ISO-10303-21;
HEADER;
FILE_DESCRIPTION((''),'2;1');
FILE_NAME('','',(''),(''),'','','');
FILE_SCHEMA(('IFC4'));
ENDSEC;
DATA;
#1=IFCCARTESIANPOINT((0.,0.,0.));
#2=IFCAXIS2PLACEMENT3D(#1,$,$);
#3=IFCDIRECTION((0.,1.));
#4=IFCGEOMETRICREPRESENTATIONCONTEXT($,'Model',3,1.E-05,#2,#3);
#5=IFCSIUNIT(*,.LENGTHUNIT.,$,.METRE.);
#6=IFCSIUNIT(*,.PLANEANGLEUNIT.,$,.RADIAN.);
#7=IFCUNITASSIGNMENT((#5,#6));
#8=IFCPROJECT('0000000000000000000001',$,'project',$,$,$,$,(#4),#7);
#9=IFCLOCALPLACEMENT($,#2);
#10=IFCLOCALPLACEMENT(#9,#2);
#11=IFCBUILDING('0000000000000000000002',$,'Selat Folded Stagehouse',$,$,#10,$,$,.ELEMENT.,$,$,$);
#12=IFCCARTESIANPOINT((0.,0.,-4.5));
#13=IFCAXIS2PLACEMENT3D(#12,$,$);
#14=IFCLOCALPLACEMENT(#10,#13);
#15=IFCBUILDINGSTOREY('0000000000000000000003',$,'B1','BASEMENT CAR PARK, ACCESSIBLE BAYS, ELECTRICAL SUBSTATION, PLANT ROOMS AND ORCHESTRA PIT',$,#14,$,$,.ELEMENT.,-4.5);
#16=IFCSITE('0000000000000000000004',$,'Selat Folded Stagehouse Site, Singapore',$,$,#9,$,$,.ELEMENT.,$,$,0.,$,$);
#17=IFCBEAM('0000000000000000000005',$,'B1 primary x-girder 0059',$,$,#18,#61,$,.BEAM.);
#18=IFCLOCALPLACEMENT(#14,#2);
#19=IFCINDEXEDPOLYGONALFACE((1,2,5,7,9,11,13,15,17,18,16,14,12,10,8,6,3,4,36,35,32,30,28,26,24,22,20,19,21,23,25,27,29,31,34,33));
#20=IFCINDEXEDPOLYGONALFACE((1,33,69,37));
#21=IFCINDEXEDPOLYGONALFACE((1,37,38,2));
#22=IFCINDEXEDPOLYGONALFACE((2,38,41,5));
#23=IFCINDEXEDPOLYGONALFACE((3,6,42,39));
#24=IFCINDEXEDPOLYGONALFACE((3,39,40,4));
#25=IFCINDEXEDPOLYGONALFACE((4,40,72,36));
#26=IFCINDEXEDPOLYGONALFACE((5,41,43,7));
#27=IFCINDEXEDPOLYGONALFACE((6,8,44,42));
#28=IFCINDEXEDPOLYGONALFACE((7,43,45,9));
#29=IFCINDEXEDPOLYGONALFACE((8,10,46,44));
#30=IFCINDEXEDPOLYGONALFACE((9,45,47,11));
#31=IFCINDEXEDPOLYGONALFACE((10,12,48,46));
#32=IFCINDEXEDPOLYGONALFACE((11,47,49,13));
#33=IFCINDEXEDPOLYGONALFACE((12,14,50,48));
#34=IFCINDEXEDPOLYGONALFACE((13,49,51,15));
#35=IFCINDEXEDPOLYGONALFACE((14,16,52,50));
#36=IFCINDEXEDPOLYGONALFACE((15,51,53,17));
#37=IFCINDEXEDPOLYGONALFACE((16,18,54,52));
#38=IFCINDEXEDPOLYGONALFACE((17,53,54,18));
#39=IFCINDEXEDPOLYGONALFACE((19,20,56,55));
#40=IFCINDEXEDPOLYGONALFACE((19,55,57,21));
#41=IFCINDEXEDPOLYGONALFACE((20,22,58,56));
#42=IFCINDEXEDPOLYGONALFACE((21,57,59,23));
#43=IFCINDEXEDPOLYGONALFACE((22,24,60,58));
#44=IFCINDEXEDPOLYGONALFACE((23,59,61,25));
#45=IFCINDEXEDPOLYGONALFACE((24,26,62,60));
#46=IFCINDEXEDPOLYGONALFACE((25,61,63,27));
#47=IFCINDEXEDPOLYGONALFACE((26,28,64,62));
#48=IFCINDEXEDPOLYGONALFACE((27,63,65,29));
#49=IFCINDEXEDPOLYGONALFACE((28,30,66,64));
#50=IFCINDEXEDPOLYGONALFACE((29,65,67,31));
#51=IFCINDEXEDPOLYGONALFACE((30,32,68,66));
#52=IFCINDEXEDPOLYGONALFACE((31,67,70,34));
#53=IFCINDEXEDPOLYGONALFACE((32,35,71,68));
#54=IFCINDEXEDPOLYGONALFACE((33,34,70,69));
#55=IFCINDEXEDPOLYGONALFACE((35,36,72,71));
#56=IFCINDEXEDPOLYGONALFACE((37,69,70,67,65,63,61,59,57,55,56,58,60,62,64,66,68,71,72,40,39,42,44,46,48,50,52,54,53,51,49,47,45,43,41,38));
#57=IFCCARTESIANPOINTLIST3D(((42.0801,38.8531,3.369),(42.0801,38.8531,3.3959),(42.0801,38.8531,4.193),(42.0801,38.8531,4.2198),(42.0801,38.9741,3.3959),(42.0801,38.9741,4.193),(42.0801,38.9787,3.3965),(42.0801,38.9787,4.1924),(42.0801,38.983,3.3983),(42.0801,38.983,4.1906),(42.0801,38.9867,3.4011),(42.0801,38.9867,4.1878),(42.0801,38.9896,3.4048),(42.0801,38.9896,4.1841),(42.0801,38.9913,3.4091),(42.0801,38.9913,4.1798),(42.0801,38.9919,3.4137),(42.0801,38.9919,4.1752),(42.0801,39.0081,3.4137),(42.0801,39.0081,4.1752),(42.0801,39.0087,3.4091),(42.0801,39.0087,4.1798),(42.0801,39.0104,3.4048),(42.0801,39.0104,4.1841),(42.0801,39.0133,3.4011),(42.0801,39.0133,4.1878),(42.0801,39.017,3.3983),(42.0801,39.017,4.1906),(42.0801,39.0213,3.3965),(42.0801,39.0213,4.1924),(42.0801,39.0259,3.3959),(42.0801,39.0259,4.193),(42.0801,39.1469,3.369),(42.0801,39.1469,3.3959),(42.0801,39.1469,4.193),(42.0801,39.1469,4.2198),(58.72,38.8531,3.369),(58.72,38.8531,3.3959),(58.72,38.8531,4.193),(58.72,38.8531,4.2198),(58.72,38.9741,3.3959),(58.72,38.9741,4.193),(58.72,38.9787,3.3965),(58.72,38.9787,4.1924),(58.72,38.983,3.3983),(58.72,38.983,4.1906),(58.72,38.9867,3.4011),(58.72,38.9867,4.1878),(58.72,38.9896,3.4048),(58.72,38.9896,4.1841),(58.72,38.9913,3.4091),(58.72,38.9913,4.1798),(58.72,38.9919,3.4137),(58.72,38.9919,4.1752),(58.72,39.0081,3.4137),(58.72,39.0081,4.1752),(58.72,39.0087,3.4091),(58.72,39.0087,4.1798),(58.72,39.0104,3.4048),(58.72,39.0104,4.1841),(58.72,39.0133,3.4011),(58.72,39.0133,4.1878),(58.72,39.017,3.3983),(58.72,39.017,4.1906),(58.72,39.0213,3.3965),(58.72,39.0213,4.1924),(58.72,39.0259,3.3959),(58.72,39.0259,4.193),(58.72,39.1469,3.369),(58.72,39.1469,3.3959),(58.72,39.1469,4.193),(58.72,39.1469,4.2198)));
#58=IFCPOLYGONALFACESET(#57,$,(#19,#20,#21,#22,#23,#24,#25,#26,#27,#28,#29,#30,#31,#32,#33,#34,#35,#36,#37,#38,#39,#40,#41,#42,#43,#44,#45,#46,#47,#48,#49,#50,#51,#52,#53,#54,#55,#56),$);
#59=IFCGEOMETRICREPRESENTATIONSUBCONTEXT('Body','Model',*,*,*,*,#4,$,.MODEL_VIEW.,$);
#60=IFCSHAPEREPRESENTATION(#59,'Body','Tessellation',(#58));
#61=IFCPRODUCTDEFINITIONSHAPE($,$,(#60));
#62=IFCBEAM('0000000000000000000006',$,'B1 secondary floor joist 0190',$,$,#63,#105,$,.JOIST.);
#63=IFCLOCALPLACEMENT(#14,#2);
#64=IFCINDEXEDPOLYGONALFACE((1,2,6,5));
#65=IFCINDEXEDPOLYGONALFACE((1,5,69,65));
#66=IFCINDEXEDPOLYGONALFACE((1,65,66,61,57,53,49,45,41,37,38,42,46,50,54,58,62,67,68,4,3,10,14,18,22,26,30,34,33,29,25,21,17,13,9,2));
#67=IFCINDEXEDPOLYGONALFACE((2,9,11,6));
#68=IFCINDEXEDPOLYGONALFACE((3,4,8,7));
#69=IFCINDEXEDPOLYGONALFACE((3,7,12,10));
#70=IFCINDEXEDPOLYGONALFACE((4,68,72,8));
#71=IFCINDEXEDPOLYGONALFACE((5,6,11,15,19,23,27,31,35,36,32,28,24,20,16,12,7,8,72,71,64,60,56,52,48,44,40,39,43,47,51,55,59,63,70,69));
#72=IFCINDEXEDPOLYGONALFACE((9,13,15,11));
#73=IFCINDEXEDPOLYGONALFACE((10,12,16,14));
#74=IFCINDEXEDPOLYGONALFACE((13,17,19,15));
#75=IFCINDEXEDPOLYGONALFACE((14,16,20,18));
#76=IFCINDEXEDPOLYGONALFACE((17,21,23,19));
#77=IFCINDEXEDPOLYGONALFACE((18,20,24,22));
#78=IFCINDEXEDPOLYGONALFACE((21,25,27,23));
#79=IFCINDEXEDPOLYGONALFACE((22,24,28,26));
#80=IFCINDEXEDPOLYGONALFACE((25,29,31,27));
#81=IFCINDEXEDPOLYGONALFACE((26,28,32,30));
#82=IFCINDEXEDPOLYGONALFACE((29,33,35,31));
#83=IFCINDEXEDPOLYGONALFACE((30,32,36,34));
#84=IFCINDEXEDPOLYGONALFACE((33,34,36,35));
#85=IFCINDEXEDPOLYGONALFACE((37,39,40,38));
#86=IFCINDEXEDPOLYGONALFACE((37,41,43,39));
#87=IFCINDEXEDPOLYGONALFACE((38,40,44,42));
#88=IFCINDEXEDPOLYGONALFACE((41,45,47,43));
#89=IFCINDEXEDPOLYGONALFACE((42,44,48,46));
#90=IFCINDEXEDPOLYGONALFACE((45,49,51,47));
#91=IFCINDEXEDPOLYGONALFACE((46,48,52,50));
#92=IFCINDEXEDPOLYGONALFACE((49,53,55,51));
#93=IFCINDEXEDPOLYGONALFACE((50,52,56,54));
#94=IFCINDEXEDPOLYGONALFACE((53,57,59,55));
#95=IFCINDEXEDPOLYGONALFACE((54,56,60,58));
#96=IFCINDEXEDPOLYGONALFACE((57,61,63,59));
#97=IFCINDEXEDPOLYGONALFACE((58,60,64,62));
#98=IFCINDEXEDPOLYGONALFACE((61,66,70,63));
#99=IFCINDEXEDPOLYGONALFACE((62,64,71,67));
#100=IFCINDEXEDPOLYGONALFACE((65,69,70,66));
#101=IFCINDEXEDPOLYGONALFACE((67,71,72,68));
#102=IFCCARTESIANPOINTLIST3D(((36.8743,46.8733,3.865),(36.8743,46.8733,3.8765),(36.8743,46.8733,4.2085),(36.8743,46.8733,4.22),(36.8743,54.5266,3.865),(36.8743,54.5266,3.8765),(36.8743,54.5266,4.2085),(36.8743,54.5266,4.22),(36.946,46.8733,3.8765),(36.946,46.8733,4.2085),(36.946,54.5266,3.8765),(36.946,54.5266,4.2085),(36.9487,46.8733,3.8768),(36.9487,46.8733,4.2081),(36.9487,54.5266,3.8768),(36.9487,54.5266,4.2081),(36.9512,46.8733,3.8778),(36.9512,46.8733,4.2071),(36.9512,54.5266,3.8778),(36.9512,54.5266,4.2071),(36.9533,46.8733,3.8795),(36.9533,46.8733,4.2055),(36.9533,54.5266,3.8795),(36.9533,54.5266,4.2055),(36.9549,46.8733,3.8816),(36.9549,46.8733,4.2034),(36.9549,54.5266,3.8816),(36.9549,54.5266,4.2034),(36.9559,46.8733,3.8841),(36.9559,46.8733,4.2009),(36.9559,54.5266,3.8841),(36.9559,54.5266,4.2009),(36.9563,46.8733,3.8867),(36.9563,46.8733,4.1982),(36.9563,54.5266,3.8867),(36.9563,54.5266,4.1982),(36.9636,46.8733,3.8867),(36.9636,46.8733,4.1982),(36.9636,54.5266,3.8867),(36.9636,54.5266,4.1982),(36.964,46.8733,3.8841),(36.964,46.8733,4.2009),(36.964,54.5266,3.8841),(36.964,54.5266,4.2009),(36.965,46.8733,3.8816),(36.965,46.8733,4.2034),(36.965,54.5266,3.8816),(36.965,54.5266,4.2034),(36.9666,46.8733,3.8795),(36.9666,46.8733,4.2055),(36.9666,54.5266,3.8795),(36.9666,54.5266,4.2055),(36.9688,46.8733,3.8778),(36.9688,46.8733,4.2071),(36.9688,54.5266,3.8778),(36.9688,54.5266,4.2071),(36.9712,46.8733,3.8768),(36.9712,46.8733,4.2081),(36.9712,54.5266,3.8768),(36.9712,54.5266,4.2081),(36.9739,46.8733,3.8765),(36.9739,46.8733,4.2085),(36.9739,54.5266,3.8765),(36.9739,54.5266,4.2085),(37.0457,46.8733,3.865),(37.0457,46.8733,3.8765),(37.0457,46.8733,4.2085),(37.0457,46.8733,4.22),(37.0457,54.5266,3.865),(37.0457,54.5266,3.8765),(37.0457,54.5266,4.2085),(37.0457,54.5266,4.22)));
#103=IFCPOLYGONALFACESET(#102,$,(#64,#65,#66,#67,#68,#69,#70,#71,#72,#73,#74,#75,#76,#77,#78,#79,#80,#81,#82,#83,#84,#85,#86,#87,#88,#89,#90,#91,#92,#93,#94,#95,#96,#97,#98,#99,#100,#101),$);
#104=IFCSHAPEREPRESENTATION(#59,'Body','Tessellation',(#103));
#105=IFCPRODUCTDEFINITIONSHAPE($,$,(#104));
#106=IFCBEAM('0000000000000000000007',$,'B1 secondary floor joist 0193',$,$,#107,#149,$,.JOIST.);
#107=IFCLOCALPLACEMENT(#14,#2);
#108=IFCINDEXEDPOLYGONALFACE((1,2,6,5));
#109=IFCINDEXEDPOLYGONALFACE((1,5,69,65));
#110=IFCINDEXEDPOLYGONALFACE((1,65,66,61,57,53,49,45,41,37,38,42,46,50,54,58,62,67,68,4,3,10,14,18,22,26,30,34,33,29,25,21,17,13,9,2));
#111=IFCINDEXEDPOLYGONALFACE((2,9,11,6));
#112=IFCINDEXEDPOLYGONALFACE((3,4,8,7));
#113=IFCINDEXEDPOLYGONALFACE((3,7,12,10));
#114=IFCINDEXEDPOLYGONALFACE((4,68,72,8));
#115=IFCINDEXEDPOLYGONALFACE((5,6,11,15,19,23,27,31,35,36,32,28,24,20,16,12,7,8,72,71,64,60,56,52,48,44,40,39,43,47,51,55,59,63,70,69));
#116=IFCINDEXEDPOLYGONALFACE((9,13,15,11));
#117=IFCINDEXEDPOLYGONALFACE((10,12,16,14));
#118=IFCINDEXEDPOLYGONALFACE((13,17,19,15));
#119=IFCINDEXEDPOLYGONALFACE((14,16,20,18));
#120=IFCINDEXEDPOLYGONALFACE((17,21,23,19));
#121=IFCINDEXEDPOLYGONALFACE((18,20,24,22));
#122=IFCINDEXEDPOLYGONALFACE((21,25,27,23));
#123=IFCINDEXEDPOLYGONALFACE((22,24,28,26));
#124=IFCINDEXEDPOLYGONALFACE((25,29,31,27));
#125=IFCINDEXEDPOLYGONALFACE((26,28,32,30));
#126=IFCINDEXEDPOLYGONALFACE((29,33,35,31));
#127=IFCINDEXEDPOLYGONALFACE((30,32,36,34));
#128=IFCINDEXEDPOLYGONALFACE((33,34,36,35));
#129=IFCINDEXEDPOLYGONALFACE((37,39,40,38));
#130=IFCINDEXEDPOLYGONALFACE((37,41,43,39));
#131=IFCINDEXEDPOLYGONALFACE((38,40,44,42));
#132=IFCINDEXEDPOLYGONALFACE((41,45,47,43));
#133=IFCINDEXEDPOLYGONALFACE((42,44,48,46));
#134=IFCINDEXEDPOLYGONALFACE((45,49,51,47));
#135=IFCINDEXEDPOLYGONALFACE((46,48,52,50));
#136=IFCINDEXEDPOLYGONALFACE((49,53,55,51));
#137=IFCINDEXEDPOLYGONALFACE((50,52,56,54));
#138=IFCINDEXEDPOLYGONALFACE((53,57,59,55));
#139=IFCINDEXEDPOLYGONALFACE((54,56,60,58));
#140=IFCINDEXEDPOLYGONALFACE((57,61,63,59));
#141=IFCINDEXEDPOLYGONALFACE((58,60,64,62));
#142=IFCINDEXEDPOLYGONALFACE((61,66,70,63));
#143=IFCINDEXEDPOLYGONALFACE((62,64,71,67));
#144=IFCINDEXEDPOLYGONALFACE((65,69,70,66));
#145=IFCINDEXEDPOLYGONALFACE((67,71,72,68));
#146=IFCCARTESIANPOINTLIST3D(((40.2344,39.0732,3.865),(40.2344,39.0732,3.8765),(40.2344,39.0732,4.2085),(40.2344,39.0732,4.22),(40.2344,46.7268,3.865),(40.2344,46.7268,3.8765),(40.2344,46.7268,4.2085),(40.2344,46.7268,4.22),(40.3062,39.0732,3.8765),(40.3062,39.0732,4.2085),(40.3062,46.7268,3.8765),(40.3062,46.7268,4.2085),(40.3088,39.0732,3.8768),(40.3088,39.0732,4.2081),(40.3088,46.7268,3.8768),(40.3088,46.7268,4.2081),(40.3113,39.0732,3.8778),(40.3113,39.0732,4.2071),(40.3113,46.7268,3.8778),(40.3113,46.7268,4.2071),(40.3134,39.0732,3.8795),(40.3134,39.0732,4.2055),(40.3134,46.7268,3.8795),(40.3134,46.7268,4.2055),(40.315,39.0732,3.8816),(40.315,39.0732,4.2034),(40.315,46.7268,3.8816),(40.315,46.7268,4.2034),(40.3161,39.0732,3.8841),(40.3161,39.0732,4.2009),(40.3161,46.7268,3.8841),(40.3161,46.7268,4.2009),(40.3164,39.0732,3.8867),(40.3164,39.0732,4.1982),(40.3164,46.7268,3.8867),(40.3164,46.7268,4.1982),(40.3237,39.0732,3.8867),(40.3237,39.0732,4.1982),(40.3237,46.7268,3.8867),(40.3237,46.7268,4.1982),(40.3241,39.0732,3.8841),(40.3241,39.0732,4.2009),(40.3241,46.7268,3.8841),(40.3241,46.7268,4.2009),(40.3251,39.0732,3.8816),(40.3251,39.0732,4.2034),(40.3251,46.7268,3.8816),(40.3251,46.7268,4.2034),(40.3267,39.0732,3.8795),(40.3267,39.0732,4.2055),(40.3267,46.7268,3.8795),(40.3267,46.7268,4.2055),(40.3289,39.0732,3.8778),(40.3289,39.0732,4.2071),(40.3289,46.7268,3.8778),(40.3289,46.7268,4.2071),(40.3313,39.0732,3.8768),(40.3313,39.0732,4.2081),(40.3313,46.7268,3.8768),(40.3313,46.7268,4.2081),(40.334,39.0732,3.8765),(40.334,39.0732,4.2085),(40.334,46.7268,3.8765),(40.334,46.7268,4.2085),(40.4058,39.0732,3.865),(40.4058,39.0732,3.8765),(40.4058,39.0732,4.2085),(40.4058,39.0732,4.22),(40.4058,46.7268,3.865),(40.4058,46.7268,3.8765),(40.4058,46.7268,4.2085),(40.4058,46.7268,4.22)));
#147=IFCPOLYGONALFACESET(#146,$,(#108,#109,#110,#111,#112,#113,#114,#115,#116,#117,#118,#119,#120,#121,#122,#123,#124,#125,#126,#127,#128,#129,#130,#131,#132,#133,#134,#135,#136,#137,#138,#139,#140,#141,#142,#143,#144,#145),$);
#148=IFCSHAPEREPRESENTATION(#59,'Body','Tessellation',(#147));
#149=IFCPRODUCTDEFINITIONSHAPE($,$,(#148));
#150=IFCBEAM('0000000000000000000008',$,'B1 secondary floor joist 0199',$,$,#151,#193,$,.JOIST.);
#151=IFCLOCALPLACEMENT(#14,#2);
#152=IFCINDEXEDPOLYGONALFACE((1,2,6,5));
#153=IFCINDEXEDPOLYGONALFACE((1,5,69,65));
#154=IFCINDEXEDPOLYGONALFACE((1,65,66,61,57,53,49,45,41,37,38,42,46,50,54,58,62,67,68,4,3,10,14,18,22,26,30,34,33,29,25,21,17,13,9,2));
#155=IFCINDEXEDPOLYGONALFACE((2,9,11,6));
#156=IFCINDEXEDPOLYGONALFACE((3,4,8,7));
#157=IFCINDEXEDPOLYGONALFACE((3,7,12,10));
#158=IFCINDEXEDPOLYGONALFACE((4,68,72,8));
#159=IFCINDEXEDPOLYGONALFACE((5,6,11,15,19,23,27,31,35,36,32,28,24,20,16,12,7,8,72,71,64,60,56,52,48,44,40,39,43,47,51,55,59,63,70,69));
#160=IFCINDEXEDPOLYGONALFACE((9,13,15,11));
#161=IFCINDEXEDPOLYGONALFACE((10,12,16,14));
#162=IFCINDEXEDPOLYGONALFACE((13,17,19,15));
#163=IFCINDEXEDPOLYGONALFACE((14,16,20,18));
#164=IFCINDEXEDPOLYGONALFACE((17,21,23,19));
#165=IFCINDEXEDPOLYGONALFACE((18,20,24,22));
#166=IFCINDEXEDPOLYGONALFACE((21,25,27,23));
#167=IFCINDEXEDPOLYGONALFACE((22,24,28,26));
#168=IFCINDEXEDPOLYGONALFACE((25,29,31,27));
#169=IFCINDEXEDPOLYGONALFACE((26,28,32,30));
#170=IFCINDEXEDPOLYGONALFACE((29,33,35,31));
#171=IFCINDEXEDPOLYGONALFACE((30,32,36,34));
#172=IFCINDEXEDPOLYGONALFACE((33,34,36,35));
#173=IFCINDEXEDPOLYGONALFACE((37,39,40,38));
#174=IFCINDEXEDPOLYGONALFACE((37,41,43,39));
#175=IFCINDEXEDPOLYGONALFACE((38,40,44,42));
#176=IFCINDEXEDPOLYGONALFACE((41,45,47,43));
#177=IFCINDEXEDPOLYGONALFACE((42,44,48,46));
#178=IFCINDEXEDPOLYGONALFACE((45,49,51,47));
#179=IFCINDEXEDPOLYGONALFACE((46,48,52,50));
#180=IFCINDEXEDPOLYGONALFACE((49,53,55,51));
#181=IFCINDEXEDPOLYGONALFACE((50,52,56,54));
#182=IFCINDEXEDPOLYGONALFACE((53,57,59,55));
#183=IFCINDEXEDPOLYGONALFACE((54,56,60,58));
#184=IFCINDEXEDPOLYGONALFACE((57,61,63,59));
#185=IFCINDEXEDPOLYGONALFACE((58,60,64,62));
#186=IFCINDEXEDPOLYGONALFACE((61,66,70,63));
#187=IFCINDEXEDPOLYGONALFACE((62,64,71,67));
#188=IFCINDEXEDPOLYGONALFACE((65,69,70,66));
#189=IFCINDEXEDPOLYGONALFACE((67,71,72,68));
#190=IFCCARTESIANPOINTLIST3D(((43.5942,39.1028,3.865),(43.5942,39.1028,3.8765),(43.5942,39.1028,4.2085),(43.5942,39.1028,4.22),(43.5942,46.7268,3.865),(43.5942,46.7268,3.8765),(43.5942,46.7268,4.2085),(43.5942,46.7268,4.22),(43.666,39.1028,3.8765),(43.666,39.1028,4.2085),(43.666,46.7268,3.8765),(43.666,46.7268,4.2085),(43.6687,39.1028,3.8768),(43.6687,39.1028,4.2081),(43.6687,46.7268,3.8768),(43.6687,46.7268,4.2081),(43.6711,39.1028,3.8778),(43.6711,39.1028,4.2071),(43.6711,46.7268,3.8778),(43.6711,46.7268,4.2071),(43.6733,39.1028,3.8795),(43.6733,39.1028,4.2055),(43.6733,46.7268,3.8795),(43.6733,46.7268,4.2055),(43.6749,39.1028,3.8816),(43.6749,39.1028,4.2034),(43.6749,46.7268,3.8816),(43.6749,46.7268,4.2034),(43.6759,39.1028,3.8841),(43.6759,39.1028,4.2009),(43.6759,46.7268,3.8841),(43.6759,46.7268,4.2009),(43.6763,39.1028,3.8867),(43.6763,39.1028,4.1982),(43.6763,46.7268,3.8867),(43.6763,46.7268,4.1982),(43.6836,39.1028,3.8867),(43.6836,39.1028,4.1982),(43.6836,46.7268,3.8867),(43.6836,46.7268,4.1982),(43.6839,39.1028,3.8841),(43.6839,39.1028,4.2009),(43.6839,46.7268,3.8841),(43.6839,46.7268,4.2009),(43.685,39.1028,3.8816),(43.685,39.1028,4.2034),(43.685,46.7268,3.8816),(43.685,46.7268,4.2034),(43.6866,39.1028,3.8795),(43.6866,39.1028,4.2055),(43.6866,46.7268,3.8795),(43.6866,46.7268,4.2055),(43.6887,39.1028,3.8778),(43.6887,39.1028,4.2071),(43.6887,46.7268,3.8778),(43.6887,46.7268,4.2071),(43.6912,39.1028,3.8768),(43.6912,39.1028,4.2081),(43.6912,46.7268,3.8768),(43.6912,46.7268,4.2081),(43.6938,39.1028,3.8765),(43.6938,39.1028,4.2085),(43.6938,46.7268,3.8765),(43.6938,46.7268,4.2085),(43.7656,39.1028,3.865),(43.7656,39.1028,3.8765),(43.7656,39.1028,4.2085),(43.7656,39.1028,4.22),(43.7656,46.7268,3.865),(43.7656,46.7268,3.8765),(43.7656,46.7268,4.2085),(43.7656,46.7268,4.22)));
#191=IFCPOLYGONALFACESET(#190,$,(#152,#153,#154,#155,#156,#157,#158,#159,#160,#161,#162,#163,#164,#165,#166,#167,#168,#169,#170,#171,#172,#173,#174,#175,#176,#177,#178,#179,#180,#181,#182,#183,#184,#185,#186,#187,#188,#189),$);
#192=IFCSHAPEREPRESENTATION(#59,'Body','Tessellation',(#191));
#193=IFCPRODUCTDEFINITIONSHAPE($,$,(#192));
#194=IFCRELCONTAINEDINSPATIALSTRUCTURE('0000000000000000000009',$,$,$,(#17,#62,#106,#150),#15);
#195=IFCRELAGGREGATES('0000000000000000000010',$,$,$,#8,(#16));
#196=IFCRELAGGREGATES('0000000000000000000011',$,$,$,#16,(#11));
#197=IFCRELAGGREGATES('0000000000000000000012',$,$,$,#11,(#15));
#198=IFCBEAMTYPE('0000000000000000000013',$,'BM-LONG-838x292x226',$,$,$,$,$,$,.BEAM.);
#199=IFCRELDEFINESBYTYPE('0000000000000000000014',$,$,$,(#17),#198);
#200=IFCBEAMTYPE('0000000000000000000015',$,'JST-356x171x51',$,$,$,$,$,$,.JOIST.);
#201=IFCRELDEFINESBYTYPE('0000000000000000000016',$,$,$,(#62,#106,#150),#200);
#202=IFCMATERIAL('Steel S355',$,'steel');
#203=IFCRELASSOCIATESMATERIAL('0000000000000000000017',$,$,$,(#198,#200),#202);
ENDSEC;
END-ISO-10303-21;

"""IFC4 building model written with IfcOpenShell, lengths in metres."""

from ifc_helpers import new_model, si_unit, direction, frame, origin, origin_2d, place, context, subcontext, project, spatial, i_section, extrude, material, material_profile, profile_set, type_object, element, save


model = new_model("IFC4")

# Units and contexts
model_context = context("Model", 3, precision=1e-05, world=origin(), true_north=direction((0.0, 1.0)))
body_context = subcontext(model_context, "Body", "Model", "MODEL_VIEW")
ifc_project = project(units=[si_unit("LENGTHUNIT", "METRE"), si_unit("PLANEANGLEUNIT", "RADIAN")], contexts=[model_context])

# Site, building, storey
site_placement = place(None, origin())
site = spatial("IfcSite", under=ifc_project, at=site_placement, Name="Selat Folded Stagehouse Site, Singapore", CompositionType="ELEMENT", RefElevation=0.0)
building_placement = place(site_placement, origin())
building = spatial("IfcBuilding", under=site, at=building_placement, Name="Selat Folded Stagehouse", CompositionType="ELEMENT")
storey_placement = place(building_placement, frame((0.0, 0.0, -4.5)))
storey = spatial("IfcBuildingStorey", under=building, at=storey_placement, Name="B1", Description="BASEMENT CAR PARK, ACCESSIBLE BAYS, ELECTRICAL SUBSTATION, PLANT ROOMS AND ORCHESTRA PIT", CompositionType="ELEMENT", Elevation=-4.5)

# Shared definitions
ifc_material_1 = material(Name="Steel S355", Category="steel")

# Beams
ifc_material_profile_1 = material_profile(ifc_material_1, i_section(OverallWidth=0.2937, OverallDepth=0.8508, WebThickness=0.0161, FlangeThickness=0.0269, FilletRadius=0.0178, at=origin_2d()), Name="UKB 838x292x226")
ifc_profile_set_1 = profile_set([ifc_material_profile_1], Name="Steel S355")
beam_type_1 = type_object("IfcBeamType", Name="BM-LONG-838x292x226", PredefinedType="BEAM", material=ifc_profile_set_1)
beam_1_placement = place(storey_placement, frame((42.0801, 39.0, 3.7944), z_axis=(1.0, 0.0, 0.0), x_axis=(0.0, 1.0, 0.0)))
element("IfcBeam", 1, at=beam_1_placement, inside=storey, type_object=beam_type_1, Name="B1 primary x-girder 0059", PredefinedType="BEAM", context=body_context, shape_type="SweptSolid", body=[
    extrude(i_section(OverallWidth=0.2937, OverallDepth=0.8508, WebThickness=0.0161, FlangeThickness=0.0269, FilletRadius=0.0178, at=origin_2d()), origin(), (0.0, 0.0, 1.0), 16.6399),
])
ifc_material_profile_2 = material_profile(ifc_material_1, i_section(OverallWidth=0.1714, OverallDepth=0.355, WebThickness=0.0073, FlangeThickness=0.0115, FilletRadius=0.0103, at=origin_2d()), Name="UKB 356x171x51")
ifc_profile_set_2 = profile_set([ifc_material_profile_2], Name="Steel S355")
beam_type_2 = type_object("IfcBeamType", Name="JST-356x171x51", PredefinedType="JOIST", material=ifc_profile_set_2)
beam_2_placement = place(storey_placement, frame((36.96, 46.8733, 4.0425), z_axis=(0.0, 1.0, 0.0), x_axis=(-1.0, 0.0, 0.0)))
element("IfcBeam", 2, at=beam_2_placement, inside=storey, type_object=beam_type_2, Name="B1 secondary floor joist 0190", PredefinedType="JOIST", context=body_context, shape_type="SweptSolid", body=[
    extrude(i_section(OverallWidth=0.1714, OverallDepth=0.355, WebThickness=0.0073, FlangeThickness=0.0115, FilletRadius=0.0103, at=origin_2d()), origin(), (0.0, 0.0, 1.0), 7.6533),
])
beam_3_placement = place(storey_placement, frame((40.3201, 39.0732, 4.0425), z_axis=(0.0, 1.0, 0.0), x_axis=(-1.0, 0.0, 0.0)))
element("IfcBeam", 3, at=beam_3_placement, inside=storey, type_object=beam_type_2, Name="B1 secondary floor joist 0193", PredefinedType="JOIST", context=body_context, shape_type="SweptSolid", body=[
    extrude(i_section(OverallWidth=0.1714, OverallDepth=0.355, WebThickness=0.0073, FlangeThickness=0.0115, FilletRadius=0.0103, at=origin_2d()), origin(), (0.0, 0.0, 1.0), 7.6536),
])
beam_4_placement = place(storey_placement, frame((43.6799, 39.1028, 4.0425), z_axis=(0.0, 1.0, 0.0), x_axis=(-1.0, 0.0, 0.0)))
element("IfcBeam", 4, at=beam_4_placement, inside=storey, type_object=beam_type_2, Name="B1 secondary floor joist 0199", PredefinedType="JOIST", context=body_context, shape_type="SweptSolid", body=[
    extrude(i_section(OverallWidth=0.1714, OverallDepth=0.355, WebThickness=0.0073, FlangeThickness=0.0115, FilletRadius=0.0103, at=origin_2d()), origin(), (0.0, 0.0, 1.0), 7.624),
])

save(model, "model.ifc")
